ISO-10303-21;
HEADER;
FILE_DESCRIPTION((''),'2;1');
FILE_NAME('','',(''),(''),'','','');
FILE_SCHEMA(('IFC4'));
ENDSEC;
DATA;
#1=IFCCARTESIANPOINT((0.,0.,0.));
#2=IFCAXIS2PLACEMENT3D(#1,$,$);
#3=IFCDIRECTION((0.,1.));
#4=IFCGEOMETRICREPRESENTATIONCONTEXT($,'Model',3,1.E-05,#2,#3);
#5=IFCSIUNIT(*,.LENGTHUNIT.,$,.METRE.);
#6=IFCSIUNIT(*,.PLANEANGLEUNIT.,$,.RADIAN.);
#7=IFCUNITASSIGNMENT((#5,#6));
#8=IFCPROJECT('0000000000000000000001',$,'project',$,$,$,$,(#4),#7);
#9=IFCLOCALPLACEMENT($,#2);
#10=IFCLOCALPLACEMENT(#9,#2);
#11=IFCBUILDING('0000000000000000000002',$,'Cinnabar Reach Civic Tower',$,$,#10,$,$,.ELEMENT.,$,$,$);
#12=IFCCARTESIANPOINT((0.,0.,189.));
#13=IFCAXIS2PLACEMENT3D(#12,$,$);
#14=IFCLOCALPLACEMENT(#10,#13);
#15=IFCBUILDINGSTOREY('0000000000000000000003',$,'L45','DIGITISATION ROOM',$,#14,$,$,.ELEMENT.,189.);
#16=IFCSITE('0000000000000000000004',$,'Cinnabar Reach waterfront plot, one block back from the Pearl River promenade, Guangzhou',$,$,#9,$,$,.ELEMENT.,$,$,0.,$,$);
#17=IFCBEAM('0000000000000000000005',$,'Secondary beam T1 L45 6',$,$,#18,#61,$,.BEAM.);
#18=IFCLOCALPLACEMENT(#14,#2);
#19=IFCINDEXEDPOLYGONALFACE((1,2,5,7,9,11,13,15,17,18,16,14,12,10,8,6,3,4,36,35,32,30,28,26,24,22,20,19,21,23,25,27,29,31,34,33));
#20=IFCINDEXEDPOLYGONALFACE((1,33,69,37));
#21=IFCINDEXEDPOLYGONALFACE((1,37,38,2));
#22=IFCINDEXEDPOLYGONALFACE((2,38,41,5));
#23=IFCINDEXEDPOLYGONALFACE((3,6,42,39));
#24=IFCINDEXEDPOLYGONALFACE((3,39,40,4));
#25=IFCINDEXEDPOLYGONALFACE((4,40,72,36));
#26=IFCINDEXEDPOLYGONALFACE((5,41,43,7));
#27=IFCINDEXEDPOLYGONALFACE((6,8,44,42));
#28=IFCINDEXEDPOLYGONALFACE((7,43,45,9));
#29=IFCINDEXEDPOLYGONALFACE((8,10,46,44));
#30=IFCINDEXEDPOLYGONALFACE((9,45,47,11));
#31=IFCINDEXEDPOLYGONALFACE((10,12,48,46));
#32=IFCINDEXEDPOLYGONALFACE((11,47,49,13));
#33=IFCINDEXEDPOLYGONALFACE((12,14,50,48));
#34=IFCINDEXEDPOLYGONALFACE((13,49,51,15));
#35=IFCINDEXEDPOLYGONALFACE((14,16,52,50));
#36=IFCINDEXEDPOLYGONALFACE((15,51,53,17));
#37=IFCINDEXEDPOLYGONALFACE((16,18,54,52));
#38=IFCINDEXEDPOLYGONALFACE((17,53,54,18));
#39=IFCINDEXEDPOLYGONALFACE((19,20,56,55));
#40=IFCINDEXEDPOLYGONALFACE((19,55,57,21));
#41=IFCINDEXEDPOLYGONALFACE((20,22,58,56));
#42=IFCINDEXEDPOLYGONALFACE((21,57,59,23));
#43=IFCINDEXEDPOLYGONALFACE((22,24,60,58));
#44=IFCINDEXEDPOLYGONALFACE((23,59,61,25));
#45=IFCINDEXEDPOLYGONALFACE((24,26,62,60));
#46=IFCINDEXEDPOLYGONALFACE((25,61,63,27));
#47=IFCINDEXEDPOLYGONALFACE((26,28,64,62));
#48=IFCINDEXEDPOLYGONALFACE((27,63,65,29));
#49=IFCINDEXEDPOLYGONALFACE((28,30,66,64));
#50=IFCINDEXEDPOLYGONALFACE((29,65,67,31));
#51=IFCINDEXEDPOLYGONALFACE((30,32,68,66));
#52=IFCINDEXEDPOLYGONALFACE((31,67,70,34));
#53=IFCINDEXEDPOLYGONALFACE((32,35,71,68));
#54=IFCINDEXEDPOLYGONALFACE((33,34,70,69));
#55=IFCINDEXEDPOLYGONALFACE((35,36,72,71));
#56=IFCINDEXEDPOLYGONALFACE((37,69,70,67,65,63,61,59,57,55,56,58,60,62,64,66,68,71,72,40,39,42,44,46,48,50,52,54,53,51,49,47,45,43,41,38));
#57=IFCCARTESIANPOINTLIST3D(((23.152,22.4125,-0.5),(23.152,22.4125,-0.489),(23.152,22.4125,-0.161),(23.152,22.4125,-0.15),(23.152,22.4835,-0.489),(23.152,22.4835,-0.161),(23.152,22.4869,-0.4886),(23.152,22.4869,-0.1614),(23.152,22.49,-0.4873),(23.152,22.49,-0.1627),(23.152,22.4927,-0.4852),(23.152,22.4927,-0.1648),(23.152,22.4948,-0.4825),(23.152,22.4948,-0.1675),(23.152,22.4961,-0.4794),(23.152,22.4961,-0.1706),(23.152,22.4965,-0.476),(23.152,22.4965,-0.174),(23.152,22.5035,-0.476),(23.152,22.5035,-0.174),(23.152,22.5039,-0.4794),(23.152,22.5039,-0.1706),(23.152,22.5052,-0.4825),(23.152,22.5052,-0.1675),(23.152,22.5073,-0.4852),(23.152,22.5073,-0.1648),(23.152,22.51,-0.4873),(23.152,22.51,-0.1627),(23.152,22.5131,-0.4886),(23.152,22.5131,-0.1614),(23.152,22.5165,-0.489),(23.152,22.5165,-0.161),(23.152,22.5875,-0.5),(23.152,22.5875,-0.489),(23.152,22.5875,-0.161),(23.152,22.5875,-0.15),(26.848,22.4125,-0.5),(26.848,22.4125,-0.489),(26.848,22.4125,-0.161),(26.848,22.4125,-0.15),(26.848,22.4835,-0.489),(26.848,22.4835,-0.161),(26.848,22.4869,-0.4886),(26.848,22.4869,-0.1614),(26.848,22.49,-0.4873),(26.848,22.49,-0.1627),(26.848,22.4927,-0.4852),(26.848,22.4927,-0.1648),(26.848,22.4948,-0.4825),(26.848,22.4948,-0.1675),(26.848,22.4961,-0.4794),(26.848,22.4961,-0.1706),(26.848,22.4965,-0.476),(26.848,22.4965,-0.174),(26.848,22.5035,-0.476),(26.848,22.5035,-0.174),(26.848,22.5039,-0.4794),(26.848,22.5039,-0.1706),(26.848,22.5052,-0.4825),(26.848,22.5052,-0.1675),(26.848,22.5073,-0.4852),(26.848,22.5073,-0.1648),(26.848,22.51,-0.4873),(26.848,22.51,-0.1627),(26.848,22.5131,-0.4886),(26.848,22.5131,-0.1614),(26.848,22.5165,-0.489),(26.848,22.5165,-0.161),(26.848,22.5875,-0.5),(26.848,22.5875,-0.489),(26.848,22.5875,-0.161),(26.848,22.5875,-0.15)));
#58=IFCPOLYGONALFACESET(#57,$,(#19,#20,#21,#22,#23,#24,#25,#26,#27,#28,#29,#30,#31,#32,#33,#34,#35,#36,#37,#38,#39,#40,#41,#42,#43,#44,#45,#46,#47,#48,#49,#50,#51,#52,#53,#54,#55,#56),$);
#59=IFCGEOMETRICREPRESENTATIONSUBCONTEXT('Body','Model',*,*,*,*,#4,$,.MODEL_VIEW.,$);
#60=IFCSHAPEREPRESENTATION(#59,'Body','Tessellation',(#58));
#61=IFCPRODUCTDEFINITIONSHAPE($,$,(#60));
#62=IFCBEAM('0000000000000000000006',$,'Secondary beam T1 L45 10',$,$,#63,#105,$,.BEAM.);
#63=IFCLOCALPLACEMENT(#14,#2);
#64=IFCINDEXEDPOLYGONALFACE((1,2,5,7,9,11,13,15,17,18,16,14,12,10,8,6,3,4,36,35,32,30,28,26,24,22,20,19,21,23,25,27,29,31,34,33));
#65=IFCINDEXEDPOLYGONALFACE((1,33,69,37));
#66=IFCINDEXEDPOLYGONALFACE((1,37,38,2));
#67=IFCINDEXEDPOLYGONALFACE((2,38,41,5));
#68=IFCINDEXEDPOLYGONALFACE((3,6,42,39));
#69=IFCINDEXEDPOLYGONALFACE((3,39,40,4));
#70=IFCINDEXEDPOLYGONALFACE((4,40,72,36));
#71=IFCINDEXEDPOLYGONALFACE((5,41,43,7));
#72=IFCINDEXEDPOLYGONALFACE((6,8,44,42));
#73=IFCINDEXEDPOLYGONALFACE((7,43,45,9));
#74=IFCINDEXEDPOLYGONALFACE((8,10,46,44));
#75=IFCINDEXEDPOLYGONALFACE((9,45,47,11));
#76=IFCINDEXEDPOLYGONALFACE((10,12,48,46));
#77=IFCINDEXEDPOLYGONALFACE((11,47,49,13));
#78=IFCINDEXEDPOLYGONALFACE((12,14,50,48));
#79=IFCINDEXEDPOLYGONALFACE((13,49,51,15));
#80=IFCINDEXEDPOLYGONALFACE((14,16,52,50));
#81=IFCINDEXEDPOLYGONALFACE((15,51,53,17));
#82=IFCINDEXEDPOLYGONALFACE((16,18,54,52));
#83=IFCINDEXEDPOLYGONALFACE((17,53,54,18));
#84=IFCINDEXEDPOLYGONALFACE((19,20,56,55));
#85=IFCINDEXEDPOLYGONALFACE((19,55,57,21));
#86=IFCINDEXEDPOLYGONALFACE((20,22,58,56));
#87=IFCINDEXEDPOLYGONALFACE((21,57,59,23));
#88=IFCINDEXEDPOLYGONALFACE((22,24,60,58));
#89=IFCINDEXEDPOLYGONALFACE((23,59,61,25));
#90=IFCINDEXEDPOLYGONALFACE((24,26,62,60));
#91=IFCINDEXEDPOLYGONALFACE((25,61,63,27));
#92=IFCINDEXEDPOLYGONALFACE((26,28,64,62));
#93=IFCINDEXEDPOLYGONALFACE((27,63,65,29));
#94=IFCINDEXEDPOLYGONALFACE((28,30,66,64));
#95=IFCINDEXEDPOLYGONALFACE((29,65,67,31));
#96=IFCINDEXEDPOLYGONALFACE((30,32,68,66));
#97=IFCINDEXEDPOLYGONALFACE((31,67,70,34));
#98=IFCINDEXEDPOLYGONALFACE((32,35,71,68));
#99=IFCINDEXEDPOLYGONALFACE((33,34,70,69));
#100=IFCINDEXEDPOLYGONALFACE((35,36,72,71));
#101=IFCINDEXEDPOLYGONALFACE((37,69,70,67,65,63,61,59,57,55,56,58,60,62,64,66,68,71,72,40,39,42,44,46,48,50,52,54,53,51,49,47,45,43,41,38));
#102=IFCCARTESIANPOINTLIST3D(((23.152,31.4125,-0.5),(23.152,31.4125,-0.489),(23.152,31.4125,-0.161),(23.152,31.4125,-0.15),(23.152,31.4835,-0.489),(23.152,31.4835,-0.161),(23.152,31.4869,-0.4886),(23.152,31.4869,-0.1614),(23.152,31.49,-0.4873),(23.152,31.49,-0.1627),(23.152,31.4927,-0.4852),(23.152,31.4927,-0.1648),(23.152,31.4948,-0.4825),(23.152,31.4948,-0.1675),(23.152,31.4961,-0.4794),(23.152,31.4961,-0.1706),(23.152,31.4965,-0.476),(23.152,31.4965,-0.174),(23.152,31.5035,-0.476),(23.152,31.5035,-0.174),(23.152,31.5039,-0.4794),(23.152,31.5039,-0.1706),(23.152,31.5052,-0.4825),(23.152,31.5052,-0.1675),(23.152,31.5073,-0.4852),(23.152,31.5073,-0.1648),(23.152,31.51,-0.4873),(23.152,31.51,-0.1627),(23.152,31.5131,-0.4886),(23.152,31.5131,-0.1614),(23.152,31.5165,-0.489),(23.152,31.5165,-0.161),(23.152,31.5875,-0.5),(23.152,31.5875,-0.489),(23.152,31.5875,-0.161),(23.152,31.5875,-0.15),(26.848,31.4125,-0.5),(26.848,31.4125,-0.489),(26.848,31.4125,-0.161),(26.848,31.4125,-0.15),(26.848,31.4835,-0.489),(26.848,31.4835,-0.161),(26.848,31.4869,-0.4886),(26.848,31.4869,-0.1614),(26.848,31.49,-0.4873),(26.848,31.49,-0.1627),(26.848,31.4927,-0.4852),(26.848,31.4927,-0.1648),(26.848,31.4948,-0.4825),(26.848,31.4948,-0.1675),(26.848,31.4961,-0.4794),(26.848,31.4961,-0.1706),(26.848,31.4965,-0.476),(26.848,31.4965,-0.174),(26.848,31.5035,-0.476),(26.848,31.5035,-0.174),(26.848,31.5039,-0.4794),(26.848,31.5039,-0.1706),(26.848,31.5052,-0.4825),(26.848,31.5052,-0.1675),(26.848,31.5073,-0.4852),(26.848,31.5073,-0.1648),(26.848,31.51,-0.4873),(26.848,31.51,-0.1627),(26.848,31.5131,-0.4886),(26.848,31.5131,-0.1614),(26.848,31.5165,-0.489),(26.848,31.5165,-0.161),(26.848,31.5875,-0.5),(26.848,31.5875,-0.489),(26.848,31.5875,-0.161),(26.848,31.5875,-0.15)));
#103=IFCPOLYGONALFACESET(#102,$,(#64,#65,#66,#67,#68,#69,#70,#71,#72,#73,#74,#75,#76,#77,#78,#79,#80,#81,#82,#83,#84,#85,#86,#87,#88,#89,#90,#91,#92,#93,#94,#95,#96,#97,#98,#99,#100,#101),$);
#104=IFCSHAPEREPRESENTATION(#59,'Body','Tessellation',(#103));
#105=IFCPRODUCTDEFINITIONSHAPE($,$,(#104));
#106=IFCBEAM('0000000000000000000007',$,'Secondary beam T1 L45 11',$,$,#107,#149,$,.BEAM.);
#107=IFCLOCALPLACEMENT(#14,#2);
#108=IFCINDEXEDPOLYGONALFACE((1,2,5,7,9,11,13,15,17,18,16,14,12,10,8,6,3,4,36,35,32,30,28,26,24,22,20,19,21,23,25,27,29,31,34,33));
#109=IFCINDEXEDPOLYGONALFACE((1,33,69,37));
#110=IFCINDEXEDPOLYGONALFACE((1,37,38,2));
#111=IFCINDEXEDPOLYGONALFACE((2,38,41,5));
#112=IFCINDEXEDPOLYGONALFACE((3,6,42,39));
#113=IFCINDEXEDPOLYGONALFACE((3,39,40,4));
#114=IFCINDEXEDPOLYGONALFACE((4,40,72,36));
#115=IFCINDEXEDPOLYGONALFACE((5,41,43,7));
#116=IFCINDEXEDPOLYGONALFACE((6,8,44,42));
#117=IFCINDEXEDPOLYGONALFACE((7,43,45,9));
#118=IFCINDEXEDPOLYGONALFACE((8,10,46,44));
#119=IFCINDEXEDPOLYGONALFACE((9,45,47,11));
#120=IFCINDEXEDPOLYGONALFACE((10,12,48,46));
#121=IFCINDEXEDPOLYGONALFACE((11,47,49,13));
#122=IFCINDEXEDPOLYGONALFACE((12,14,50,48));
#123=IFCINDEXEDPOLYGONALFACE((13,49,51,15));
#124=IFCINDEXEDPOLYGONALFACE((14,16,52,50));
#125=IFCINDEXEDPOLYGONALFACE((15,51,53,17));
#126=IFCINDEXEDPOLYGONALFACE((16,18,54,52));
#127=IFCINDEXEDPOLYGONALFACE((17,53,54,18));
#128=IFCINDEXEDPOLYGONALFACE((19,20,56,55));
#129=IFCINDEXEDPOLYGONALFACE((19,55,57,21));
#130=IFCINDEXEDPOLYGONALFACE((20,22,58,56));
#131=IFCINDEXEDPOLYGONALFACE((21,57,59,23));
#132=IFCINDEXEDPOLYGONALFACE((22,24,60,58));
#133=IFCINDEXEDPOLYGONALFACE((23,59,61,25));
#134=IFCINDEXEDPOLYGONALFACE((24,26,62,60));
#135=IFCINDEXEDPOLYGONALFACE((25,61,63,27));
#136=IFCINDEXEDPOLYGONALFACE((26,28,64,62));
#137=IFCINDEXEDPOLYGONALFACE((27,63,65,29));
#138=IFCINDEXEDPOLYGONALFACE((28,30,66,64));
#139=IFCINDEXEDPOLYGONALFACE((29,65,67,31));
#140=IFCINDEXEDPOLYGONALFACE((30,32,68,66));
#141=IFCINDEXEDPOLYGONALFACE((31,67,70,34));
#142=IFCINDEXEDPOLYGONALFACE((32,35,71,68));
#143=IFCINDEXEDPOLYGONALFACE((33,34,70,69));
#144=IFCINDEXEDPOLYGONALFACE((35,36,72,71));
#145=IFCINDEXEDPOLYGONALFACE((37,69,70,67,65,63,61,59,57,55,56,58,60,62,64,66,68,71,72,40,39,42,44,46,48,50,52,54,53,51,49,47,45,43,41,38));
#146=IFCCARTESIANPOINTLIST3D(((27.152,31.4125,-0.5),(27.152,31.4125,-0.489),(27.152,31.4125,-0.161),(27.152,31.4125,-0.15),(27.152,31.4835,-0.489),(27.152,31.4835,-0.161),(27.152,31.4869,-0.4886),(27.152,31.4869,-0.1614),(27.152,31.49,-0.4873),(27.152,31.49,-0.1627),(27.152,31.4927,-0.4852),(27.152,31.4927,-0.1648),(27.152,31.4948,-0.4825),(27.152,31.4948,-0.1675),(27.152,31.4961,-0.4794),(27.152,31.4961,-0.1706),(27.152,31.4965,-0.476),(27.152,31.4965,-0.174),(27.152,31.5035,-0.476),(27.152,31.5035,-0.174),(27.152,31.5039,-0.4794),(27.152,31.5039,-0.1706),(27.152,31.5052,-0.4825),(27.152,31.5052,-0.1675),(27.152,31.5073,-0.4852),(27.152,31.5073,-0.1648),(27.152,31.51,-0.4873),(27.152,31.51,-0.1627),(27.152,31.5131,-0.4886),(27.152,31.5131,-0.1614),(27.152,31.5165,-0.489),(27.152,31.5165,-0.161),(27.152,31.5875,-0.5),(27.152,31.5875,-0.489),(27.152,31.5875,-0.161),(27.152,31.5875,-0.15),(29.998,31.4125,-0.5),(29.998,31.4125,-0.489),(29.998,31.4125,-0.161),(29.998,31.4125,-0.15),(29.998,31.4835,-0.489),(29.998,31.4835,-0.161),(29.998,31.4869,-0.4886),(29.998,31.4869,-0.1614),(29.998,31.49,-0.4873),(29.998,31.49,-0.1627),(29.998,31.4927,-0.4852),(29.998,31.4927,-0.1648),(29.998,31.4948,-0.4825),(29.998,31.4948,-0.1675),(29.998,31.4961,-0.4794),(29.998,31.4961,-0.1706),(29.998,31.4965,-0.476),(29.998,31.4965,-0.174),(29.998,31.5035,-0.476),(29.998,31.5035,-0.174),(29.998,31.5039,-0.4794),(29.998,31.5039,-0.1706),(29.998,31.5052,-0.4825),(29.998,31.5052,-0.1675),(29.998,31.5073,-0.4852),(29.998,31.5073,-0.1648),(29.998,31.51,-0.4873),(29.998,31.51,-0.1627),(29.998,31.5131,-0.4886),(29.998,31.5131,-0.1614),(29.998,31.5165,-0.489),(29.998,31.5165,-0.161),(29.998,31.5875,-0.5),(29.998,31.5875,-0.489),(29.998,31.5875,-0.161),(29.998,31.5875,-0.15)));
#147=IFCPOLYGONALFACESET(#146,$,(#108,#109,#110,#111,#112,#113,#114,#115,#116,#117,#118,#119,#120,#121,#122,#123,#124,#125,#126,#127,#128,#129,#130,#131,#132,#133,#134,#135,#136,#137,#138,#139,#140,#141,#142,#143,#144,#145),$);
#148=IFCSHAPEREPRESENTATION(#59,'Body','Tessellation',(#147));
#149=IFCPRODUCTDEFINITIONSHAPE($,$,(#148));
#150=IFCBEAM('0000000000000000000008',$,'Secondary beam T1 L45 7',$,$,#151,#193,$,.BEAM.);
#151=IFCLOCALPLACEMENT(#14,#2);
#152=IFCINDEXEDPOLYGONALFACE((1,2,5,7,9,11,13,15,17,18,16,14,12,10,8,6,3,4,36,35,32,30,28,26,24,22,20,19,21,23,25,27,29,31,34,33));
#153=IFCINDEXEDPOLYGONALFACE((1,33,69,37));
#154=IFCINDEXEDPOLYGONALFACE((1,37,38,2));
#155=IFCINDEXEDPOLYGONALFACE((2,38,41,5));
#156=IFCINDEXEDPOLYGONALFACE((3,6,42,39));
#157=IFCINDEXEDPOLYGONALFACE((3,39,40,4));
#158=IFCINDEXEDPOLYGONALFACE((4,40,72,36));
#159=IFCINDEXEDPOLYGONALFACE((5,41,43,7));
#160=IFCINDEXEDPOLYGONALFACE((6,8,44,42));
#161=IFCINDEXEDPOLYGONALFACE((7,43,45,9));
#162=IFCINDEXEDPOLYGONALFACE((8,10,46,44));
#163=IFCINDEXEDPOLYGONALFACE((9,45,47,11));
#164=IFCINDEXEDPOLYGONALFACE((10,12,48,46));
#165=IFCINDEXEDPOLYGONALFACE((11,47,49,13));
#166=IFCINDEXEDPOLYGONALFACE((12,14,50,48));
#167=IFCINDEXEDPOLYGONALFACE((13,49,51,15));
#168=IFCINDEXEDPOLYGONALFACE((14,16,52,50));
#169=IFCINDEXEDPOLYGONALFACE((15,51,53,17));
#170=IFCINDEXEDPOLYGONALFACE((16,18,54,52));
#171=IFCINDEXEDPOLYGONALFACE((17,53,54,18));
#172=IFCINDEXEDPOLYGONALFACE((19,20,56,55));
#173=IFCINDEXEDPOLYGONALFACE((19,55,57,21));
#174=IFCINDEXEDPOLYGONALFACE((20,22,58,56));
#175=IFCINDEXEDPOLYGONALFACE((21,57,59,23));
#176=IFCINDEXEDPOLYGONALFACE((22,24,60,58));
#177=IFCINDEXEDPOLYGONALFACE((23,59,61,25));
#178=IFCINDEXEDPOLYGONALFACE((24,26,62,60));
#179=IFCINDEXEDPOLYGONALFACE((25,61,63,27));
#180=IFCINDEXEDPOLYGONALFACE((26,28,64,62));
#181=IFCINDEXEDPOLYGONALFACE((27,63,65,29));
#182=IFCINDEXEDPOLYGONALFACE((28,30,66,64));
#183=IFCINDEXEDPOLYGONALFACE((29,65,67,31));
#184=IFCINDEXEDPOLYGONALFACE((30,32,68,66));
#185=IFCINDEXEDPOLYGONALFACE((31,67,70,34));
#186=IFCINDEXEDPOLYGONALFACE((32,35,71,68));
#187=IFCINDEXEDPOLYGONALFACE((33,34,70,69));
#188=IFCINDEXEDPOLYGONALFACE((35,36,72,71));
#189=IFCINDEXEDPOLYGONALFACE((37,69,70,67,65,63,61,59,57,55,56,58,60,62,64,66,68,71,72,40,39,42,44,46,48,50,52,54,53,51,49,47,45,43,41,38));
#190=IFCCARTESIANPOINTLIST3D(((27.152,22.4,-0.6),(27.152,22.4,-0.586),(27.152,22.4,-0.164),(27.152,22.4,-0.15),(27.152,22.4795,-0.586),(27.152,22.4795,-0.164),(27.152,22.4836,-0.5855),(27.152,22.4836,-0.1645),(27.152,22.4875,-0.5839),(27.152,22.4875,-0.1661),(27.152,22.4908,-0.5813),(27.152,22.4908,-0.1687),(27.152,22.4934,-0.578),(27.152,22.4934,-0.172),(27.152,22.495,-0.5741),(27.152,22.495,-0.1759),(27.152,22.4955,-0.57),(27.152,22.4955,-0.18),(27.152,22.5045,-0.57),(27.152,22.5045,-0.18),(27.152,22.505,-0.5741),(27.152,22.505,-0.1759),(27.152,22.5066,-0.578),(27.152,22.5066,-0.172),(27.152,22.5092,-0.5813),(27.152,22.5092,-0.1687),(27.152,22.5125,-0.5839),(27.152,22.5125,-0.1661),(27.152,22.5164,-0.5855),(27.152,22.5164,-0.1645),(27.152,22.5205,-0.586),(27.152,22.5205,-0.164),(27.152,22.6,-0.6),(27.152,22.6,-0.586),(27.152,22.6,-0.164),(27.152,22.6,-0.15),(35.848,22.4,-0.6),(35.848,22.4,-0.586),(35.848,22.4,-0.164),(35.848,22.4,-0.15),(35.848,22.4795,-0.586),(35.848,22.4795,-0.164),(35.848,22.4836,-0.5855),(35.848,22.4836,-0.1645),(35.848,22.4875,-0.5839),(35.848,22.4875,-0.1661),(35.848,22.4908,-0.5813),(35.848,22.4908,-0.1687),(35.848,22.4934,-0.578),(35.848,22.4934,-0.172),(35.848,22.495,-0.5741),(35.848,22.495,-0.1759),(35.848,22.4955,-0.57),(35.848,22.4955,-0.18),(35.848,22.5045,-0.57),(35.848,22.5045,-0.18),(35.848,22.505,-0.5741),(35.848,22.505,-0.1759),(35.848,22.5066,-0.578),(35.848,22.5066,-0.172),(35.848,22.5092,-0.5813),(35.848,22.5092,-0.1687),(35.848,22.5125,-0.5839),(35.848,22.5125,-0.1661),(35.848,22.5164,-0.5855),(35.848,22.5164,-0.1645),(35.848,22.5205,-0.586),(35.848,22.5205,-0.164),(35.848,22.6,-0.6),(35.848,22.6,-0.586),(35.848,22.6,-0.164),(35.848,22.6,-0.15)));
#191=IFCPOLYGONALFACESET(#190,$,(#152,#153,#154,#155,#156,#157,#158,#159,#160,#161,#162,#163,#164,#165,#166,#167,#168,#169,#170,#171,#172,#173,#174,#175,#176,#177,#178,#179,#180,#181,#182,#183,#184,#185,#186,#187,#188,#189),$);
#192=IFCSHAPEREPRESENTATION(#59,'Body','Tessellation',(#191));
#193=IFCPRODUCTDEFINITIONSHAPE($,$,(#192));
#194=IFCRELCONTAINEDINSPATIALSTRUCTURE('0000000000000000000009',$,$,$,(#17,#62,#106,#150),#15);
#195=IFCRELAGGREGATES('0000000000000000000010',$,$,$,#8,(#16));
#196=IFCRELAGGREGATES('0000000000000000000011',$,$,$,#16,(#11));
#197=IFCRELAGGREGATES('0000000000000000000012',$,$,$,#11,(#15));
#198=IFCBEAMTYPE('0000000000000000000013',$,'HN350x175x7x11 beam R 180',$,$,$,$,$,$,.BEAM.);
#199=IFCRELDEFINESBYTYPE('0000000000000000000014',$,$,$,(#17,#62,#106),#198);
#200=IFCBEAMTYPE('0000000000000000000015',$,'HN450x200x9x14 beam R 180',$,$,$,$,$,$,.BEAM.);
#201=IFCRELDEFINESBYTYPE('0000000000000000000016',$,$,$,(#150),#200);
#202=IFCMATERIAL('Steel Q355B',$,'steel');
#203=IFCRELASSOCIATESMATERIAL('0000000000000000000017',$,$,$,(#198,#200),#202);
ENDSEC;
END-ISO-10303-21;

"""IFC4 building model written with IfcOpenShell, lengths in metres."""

from ifc_helpers import new_model, si_unit, direction, frame, origin, origin_2d, place, context, subcontext, project, spatial, i_section, extrude, material, material_profile, profile_set, type_object, element, save


model = new_model("IFC4")

# Units and contexts
model_context = context("Model", 3, precision=1e-05, world=origin(), true_north=direction((0.0, 1.0)))
body_context = subcontext(model_context, "Body", "Model", "MODEL_VIEW")
ifc_project = project(units=[si_unit("LENGTHUNIT", "METRE"), si_unit("PLANEANGLEUNIT", "RADIAN")], contexts=[model_context])

# Site, building, storey
site_placement = place(None, origin())
site = spatial("IfcSite", under=ifc_project, at=site_placement, Name="Cinnabar Reach waterfront plot, one block back from the Pearl River promenade, Guangzhou", CompositionType="ELEMENT", RefElevation=0.0)
building_placement = place(site_placement, origin())
building = spatial("IfcBuilding", under=site, at=building_placement, Name="Cinnabar Reach Civic Tower", CompositionType="ELEMENT")
storey_placement = place(building_placement, frame((0.0, 0.0, 189.0)))
storey = spatial("IfcBuildingStorey", under=building, at=storey_placement, Name="L45", Description="DIGITISATION ROOM", CompositionType="ELEMENT", Elevation=189.0)

# Beams
ifc_material_1 = material(Name="Steel Q355B", Category="steel")
ifc_material_profile_1 = material_profile(ifc_material_1, i_section(OverallWidth=0.175, OverallDepth=0.35, WebThickness=0.007, FlangeThickness=0.011, FilletRadius=0.013, at=origin_2d()), Name="HN350x175x7x11")
ifc_profile_set_1 = profile_set([ifc_material_profile_1], Name="Steel Q355B")
beam_type_1 = type_object("IfcBeamType", Name="HN350x175x7x11 beam R 180", PredefinedType="BEAM", material=ifc_profile_set_1)
for number, where, z_axis, x_axis, name in (
    (1, (23.152, 22.5, -0.325), (1.0, 0.0, 0.0), (0.0, 1.0, 0.0), "Secondary beam T1 L45 6"),
    (2, (23.152, 31.5, -0.325), (1.0, 0.0, 0.0), (0.0, 1.0, 0.0), "Secondary beam T1 L45 10"),
):
    element("IfcBeam", number, at=place(storey_placement, frame(where, z_axis=z_axis, x_axis=x_axis)), inside=storey, type_object=beam_type_1, Name=name, PredefinedType="BEAM", context=body_context, shape_type="SweptSolid", body=[
        extrude(i_section(OverallWidth=0.175, OverallDepth=0.35, WebThickness=0.007, FlangeThickness=0.011, FilletRadius=0.013, at=origin_2d()), origin(), (0.0, 0.0, 1.0), 3.696),
    ])
beam_1_placement = place(storey_placement, frame((27.152, 31.5, -0.325), z_axis=(1.0, 0.0, 0.0), x_axis=(0.0, 1.0, 0.0)))
element("IfcBeam", 3, at=beam_1_placement, inside=storey, type_object=beam_type_1, Name="Secondary beam T1 L45 11", PredefinedType="BEAM", context=body_context, shape_type="SweptSolid", body=[
    extrude(i_section(OverallWidth=0.175, OverallDepth=0.35, WebThickness=0.007, FlangeThickness=0.011, FilletRadius=0.013, at=origin_2d()), origin(), (0.0, 0.0, 1.0), 2.846),
])
ifc_material_profile_2 = material_profile(ifc_material_1, i_section(OverallWidth=0.2, OverallDepth=0.45, WebThickness=0.009, FlangeThickness=0.014, FilletRadius=0.016, at=origin_2d()), Name="HN450x200x9x14")
ifc_profile_set_2 = profile_set([ifc_material_profile_2], Name="Steel Q355B")
beam_type_2 = type_object("IfcBeamType", Name="HN450x200x9x14 beam R 180", PredefinedType="BEAM", material=ifc_profile_set_2)
beam_2_placement = place(storey_placement, frame((27.152, 22.5, -0.375), z_axis=(1.0, 0.0, 0.0), x_axis=(0.0, 1.0, 0.0)))
element("IfcBeam", 4, at=beam_2_placement, inside=storey, type_object=beam_type_2, Name="Secondary beam T1 L45 7", PredefinedType="BEAM", context=body_context, shape_type="SweptSolid", body=[
    extrude(i_section(OverallWidth=0.2, OverallDepth=0.45, WebThickness=0.009, FlangeThickness=0.014, FilletRadius=0.016, at=origin_2d()), origin(), (0.0, 0.0, 1.0), 8.696),
])

save(model, "model.ifc")
